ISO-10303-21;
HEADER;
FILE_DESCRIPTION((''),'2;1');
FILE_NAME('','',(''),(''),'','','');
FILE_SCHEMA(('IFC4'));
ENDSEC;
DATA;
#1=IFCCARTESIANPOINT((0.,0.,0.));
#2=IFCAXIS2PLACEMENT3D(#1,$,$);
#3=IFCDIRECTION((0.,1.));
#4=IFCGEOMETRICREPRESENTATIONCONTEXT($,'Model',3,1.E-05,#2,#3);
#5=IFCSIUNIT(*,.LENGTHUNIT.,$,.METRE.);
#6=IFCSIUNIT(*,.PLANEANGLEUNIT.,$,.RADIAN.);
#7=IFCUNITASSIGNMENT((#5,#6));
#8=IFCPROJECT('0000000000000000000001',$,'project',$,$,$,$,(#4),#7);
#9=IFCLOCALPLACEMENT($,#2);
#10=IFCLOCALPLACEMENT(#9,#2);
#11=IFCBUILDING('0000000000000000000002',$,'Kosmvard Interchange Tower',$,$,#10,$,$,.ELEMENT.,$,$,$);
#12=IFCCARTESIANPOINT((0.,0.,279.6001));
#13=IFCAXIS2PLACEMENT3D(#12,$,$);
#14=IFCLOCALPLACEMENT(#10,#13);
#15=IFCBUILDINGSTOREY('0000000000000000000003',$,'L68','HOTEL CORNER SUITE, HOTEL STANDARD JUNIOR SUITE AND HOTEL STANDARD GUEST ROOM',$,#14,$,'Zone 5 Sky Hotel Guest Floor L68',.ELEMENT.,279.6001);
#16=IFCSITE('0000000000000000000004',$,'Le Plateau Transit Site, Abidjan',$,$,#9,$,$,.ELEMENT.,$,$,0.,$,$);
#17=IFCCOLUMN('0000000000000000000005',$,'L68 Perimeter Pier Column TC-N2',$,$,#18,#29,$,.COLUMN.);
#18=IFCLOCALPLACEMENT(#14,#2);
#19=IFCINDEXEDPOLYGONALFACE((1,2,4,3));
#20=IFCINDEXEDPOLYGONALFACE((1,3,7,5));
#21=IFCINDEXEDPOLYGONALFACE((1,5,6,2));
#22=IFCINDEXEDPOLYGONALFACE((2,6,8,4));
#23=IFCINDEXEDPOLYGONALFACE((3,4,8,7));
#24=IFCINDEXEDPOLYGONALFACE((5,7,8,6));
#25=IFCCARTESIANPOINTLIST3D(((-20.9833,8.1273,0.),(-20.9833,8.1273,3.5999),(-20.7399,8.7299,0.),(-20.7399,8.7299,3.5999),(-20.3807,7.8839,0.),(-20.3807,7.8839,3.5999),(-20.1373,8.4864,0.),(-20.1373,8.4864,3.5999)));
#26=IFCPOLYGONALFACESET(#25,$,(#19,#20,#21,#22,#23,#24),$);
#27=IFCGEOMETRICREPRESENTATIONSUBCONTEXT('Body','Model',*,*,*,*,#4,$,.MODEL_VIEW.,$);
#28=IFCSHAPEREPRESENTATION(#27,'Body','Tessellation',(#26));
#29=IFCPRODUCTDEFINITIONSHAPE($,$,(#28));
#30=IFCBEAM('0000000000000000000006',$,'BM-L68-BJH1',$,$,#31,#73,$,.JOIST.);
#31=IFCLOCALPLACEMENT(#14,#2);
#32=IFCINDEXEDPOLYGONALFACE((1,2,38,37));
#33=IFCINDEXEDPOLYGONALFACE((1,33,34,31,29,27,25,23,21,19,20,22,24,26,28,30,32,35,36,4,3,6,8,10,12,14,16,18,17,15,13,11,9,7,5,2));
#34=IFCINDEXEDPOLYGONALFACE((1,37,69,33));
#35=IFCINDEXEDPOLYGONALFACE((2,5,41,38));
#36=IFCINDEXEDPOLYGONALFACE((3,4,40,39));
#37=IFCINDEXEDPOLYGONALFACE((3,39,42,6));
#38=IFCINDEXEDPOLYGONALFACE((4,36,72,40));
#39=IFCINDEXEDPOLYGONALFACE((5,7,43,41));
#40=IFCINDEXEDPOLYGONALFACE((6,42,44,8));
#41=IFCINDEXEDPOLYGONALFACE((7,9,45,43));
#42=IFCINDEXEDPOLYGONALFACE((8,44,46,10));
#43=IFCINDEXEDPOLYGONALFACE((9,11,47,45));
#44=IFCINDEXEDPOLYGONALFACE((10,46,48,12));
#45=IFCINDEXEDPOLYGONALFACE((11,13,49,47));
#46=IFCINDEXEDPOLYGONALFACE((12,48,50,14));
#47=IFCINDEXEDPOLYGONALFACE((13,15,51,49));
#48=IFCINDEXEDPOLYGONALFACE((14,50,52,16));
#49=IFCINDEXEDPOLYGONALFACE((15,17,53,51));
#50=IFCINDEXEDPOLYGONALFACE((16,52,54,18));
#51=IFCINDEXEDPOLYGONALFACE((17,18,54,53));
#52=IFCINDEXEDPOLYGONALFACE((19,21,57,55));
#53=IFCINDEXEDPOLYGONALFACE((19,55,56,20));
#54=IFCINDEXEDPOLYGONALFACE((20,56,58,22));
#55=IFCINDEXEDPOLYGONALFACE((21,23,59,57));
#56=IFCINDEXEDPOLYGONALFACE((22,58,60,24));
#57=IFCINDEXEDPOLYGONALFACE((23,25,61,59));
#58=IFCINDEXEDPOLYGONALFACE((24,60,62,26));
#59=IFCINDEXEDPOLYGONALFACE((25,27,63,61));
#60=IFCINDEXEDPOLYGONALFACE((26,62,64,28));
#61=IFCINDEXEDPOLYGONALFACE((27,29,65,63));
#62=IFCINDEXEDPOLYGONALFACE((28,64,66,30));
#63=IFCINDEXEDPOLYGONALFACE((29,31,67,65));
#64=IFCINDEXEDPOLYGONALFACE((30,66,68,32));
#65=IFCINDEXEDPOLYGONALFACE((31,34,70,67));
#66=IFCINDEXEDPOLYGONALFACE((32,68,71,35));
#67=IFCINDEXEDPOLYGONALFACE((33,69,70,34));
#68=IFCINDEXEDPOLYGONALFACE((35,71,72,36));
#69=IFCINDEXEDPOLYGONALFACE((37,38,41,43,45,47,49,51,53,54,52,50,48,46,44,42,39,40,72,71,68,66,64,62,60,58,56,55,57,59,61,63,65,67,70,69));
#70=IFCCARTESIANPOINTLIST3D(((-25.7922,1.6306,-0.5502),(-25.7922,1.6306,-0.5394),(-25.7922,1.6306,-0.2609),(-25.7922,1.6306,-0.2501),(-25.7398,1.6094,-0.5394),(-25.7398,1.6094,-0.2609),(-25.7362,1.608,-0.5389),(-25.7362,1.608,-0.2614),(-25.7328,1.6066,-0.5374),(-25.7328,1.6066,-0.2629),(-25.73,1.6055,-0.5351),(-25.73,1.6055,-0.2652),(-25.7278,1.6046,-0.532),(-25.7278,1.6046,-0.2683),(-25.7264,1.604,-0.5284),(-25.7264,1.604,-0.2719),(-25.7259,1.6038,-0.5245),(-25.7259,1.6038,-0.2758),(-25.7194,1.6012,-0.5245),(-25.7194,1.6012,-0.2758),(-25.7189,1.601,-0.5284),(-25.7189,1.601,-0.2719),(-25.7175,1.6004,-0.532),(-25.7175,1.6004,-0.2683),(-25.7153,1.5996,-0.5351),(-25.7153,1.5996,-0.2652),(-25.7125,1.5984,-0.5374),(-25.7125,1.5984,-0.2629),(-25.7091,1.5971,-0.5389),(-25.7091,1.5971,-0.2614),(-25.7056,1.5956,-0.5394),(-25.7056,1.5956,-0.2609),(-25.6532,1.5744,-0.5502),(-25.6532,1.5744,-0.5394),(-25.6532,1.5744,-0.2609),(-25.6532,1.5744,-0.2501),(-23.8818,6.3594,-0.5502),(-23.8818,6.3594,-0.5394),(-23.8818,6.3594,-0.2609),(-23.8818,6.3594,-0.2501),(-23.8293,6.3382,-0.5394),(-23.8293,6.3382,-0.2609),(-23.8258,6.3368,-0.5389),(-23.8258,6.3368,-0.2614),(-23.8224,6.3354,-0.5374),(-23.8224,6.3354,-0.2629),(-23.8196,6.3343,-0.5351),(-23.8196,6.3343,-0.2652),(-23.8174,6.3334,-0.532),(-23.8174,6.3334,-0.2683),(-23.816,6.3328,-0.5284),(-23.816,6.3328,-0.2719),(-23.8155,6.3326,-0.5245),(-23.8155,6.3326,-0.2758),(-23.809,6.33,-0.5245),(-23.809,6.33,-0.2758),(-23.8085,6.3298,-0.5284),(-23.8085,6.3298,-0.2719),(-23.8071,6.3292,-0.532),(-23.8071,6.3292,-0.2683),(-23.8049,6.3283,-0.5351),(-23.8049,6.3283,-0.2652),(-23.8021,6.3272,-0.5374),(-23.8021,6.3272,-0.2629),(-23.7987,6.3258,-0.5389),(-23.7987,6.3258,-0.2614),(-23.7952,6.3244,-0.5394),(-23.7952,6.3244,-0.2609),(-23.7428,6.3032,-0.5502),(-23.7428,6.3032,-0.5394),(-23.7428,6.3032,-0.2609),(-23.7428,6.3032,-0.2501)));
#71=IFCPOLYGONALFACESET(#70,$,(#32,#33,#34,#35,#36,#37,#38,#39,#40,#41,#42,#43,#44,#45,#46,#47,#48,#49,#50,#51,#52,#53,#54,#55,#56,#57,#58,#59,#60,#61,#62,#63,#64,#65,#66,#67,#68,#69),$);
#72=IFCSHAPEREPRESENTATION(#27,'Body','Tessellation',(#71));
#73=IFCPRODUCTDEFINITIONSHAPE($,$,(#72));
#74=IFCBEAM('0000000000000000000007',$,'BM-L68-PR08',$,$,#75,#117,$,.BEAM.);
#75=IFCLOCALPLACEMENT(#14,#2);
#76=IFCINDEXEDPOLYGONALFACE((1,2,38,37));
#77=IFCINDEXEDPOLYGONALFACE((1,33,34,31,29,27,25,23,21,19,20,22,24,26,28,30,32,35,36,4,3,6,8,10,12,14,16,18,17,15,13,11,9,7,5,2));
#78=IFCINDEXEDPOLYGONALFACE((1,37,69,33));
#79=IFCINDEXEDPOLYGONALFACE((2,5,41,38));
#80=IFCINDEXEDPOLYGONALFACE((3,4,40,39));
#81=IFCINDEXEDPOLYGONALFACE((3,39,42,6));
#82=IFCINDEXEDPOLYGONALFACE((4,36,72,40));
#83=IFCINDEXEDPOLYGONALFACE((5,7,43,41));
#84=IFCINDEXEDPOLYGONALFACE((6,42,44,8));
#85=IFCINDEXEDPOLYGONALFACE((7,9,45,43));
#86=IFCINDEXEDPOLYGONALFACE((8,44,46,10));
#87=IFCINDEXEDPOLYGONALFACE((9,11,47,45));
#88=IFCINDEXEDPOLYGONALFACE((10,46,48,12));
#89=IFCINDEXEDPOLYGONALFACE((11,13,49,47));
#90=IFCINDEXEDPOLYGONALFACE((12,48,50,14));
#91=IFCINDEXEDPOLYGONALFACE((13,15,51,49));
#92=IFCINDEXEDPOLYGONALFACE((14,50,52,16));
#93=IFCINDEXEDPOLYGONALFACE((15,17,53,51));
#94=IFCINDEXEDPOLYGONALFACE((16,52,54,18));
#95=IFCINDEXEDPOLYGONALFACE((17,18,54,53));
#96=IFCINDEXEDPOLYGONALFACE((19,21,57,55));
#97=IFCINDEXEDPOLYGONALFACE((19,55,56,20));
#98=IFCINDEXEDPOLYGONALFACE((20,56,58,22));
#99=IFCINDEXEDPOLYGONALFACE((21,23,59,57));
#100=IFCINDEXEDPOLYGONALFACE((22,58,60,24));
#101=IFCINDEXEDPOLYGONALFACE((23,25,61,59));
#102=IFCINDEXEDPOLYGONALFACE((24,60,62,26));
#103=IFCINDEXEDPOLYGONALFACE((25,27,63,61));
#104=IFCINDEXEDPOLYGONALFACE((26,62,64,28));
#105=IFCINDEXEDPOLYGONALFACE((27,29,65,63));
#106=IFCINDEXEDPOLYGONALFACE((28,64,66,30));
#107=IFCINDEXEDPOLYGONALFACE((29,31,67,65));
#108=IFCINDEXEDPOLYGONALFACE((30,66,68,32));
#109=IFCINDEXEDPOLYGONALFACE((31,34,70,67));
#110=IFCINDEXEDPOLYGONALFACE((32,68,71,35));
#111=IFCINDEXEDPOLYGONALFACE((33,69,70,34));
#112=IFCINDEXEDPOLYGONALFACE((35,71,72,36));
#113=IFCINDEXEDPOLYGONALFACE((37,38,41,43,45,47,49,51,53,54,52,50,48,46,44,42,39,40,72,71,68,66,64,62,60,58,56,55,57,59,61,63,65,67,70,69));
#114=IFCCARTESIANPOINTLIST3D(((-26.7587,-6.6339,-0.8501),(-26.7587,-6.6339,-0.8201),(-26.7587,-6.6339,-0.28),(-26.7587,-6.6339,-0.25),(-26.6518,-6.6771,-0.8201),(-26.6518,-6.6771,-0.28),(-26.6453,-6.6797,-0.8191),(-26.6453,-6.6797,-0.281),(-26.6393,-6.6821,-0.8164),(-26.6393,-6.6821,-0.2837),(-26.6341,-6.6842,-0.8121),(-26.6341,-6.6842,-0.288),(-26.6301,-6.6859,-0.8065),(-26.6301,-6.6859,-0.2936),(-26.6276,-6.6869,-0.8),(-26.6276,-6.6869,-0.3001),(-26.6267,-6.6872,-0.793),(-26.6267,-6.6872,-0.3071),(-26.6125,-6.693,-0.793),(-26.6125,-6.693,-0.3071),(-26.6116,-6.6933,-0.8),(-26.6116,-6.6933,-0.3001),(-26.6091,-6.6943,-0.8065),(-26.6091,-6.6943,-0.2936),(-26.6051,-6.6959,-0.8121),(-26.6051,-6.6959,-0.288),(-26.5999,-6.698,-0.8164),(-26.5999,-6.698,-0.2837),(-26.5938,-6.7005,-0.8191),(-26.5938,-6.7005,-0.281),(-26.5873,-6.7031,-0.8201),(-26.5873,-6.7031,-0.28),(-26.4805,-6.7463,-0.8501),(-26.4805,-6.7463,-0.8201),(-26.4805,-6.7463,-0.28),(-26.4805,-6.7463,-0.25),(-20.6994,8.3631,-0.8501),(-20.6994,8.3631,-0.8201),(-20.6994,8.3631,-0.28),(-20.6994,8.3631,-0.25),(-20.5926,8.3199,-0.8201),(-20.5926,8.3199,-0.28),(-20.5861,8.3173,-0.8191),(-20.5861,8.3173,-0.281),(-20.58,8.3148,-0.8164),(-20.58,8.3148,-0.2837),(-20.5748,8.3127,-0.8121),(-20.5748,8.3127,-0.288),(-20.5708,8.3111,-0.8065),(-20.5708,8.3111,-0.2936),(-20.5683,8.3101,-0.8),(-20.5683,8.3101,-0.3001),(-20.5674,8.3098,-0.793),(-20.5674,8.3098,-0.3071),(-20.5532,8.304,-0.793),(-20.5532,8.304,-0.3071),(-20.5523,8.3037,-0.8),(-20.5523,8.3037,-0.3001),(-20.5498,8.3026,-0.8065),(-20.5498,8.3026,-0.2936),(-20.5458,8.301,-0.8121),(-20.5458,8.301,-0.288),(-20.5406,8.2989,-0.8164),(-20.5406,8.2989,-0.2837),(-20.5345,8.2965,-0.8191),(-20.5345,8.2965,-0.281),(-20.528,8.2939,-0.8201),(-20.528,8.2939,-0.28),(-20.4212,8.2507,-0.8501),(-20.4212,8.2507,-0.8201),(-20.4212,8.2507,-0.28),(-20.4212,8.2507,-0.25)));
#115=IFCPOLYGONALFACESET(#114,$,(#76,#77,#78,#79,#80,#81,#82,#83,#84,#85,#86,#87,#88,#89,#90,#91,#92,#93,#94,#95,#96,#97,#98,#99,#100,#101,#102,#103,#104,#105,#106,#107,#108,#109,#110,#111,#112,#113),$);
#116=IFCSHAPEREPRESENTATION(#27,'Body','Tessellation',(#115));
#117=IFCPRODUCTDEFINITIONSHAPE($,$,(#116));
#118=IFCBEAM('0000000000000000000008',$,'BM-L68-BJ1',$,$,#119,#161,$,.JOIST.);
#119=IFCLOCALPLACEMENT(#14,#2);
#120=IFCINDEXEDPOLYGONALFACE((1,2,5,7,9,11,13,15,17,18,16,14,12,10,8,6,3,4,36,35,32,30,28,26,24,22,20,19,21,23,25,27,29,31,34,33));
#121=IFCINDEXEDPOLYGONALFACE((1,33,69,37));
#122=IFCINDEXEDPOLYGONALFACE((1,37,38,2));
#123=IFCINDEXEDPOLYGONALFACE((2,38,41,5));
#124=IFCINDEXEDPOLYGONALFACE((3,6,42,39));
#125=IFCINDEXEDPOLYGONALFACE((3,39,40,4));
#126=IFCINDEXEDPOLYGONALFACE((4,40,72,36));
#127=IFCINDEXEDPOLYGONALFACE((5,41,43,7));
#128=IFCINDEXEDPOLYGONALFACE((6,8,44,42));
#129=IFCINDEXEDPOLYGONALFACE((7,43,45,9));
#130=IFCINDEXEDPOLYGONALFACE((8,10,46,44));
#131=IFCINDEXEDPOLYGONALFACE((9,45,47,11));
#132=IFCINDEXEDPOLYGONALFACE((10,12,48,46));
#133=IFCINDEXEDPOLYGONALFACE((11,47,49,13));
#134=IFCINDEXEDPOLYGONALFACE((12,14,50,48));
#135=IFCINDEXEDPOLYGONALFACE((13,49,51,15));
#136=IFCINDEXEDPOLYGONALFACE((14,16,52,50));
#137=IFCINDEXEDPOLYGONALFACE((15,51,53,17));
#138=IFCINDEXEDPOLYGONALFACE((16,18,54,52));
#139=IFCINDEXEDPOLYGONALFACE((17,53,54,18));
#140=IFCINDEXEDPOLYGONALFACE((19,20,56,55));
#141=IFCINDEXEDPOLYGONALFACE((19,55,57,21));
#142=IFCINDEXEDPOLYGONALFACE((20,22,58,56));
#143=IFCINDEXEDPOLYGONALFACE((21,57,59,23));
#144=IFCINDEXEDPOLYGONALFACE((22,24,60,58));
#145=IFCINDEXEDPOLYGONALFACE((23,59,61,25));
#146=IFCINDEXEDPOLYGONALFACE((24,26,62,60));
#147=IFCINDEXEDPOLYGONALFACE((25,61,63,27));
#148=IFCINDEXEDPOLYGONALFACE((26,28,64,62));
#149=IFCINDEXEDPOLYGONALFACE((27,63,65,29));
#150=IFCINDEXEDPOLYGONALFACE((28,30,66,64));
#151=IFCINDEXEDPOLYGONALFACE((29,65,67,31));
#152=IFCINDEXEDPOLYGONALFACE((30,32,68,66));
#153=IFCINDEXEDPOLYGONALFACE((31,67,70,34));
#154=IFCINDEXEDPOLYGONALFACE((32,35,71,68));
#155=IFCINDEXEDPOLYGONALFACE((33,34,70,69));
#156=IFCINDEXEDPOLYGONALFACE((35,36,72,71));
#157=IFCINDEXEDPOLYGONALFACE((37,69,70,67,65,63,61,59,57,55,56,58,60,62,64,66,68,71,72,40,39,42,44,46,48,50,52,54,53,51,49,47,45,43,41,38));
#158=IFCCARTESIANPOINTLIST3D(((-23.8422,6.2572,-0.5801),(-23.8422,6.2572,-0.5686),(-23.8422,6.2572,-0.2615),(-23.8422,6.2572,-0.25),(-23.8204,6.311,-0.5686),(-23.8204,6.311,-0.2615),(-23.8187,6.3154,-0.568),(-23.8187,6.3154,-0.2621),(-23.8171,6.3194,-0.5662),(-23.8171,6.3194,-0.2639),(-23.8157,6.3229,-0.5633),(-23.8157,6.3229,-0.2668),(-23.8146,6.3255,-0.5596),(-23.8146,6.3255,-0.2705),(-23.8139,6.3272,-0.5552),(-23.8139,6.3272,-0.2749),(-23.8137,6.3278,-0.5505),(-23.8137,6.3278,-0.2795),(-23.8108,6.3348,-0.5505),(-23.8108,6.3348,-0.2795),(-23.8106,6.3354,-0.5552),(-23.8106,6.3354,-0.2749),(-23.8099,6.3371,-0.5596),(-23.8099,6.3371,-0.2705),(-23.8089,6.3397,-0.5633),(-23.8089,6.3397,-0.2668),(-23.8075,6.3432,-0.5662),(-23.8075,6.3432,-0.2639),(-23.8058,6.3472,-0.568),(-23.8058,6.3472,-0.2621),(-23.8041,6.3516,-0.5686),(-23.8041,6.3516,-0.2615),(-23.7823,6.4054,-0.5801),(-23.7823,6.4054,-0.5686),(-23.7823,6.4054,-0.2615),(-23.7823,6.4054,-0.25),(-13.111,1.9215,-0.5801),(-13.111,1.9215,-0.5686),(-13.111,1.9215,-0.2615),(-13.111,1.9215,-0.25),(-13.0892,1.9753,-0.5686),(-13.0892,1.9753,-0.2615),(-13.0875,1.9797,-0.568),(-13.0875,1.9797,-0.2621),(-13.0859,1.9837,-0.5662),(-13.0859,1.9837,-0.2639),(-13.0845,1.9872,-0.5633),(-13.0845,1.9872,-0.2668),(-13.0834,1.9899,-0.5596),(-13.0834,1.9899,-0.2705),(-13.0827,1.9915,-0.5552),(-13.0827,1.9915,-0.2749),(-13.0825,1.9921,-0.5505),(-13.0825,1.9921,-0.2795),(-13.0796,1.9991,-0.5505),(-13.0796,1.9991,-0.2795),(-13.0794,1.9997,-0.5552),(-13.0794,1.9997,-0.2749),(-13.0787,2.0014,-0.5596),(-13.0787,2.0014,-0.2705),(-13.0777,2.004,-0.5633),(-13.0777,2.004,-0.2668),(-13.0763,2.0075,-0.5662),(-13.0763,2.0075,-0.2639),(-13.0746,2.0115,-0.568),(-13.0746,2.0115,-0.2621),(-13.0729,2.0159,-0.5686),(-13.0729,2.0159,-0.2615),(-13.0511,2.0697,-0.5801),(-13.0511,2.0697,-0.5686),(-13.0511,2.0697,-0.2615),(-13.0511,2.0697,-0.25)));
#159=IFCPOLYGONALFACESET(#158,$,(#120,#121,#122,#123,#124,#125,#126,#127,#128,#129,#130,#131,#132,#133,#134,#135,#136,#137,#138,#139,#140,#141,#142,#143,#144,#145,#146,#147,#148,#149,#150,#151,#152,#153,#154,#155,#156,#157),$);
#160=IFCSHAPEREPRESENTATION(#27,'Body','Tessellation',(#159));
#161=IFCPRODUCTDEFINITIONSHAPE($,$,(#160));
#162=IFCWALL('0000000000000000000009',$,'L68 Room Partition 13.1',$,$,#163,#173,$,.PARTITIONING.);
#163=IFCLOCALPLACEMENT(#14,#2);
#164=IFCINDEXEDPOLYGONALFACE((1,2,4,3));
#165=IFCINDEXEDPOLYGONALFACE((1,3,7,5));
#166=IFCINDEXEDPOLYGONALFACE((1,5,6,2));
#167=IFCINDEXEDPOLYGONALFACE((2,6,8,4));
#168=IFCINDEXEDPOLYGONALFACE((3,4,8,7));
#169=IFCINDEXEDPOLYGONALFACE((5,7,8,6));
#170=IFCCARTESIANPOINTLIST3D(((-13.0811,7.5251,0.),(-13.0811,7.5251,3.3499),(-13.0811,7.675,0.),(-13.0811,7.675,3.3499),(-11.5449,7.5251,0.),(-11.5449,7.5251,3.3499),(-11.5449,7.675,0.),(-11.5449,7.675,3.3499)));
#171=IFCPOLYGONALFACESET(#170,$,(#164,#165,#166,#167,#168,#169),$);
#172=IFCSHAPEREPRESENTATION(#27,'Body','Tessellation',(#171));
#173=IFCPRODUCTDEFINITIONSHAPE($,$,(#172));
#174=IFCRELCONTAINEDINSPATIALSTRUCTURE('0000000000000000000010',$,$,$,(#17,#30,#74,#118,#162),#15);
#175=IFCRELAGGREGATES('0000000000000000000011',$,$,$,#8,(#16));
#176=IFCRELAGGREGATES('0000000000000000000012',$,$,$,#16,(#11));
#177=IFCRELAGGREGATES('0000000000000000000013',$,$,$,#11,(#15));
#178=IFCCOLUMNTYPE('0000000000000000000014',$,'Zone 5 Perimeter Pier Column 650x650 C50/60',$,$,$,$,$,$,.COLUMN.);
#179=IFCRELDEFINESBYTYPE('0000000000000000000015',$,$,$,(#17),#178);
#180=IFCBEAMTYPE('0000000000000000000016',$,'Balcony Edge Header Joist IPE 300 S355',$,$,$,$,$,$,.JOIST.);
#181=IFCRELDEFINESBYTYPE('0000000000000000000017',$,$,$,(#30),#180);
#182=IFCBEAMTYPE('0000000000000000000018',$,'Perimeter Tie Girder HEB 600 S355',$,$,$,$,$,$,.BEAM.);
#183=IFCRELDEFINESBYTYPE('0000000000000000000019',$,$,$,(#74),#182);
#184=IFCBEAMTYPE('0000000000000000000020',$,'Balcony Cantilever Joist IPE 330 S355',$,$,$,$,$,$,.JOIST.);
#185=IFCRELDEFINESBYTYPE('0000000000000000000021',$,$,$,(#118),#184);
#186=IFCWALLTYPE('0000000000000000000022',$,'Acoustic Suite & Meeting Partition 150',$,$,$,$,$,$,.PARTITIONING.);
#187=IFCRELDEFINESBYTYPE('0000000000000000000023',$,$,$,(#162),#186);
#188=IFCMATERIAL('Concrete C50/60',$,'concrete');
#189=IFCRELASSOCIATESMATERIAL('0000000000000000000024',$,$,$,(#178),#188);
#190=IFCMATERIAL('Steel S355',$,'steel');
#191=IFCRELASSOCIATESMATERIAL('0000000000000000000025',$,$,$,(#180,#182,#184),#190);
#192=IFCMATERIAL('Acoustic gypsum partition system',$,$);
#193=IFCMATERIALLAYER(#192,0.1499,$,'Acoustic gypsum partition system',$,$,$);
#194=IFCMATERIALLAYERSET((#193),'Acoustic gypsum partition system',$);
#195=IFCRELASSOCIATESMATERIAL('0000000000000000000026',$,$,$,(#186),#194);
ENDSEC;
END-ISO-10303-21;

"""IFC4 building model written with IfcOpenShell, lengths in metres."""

from ifc_helpers import new_model, si_unit, direction, frame, frame_2d, origin, origin_2d, place, context, subcontext, project, spatial, rectangle, i_section, extrude, source, transform, mapped, material, layer, layer_set, material_profile, profile_set, type_object, element, save


model = new_model("IFC4")

# Units and contexts
model_context = context("Model", 3, precision=1e-05, world=origin(), true_north=direction((0.0, 1.0)))
body_context = subcontext(model_context, "Body", "Model", "MODEL_VIEW")
ifc_project = project(units=[si_unit("LENGTHUNIT", "METRE"), si_unit("PLANEANGLEUNIT", "RADIAN")], contexts=[model_context])

# Site, building, storey
site_placement = place(None, origin())
site = spatial("IfcSite", under=ifc_project, at=site_placement, Name="Le Plateau Transit Site, Abidjan", CompositionType="ELEMENT", RefElevation=0.0)
building_placement = place(site_placement, origin())
building = spatial("IfcBuilding", under=site, at=building_placement, Name="Kosmvard Interchange Tower", CompositionType="ELEMENT")
storey_placement = place(building_placement, frame((0.0, 0.0, 279.6001)))
storey = spatial("IfcBuildingStorey", under=building, at=storey_placement, Name="L68", Description="HOTEL CORNER SUITE, HOTEL STANDARD JUNIOR SUITE AND HOTEL STANDARD GUEST ROOM", LongName="Zone 5 Sky Hotel Guest Floor L68", CompositionType="ELEMENT", Elevation=279.6001)

# Column
ifc_material_1 = material(Name="Concrete C50/60", Category="concrete")
ifc_material_profile_1 = material_profile(ifc_material_1, rectangle(XDim=0.6499, YDim=0.6499, at=origin_2d()), Name="TC 650x650")
ifc_profile_set_1 = profile_set([ifc_material_profile_1], Name="Concrete C50/60")
column_type = type_object("IfcColumnType", Name="Zone 5 Perimeter Pier Column 650x650 C50/60", PredefinedType="COLUMN", material=ifc_profile_set_1)
shared_shape_1 = source(origin(), body_context, "Body", "SweptSolid", [
    extrude(rectangle(XDim=0.6499, YDim=0.6499, at=origin_2d()), origin(), (0.0, 0.0, 1.0), 3.5999),
])
column_placement = place(storey_placement, frame((-20.5603, 8.3069, 0.0), z_axis=(0.0, 0.0, 1.0), x_axis=(0.374607, 0.927184, 0.0)))
element("IfcColumn", 1, at=column_placement, inside=storey, type_object=column_type, Name="L68 Perimeter Pier Column TC-N2", PredefinedType="COLUMN", context=body_context, shape_type="MappedRepresentation", body=[
    mapped(shared_shape_1, transform((0.0, 0.0, 0.0), scale=1.0)),
])

# Beams
ifc_material_2 = material(Name="Steel S355", Category="steel")
ifc_material_profile_2 = material_profile(ifc_material_2, i_section(OverallWidth=0.1499, OverallDepth=0.3, WebThickness=0.0071, FlangeThickness=0.0107, FilletRadius=0.0149, at=origin_2d()), Name="IPE 300")
ifc_profile_set_2 = profile_set([ifc_material_profile_2], Name="Steel S355")
beam_type_1 = type_object("IfcBeamType", Name="Balcony Edge Header Joist IPE 300 S355", PredefinedType="JOIST", material=ifc_profile_set_2)
shared_shape_2 = source(origin(), body_context, "Body", "SweptSolid", [
    extrude(i_section(OverallWidth=0.1499, OverallDepth=0.3, WebThickness=0.0071, FlangeThickness=0.0107, FilletRadius=0.0149, at=origin_2d()), origin(), (0.0, 0.0, 1.0), 5.1001),
])
beam_1_placement = place(storey_placement, frame((-23.8123, 6.3313, -0.4001), z_axis=(-0.374583, -0.927194, 0.0), x_axis=(0.927194, -0.374583, 0.0)))
element("IfcBeam", 2, at=beam_1_placement, inside=storey, type_object=beam_type_1, Name="BM-L68-BJH1", PredefinedType="JOIST", context=body_context, shape_type="MappedRepresentation", body=[
    mapped(shared_shape_2, transform((0.0, 0.0, 0.0), scale=1.0)),
])
ifc_material_profile_3 = material_profile(ifc_material_2, i_section(OverallWidth=0.3, OverallDepth=0.6001, WebThickness=0.0154, FlangeThickness=0.03, FilletRadius=0.0271, at=origin_2d()), Name="HEB 600")
ifc_profile_set_3 = profile_set([ifc_material_profile_3], Name="Steel S355")
beam_type_2 = type_object("IfcBeamType", Name="Perimeter Tie Girder HEB 600 S355", PredefinedType="BEAM", material=ifc_profile_set_3)
shared_shape_3 = source(origin(), body_context, "Body", "SweptSolid", [
    extrude(i_section(OverallWidth=0.3, OverallDepth=0.6001, WebThickness=0.0154, FlangeThickness=0.03, FilletRadius=0.0271, at=origin_2d()), origin(), (0.0, 0.0, 1.0), 16.1748),
])
beam_2_placement = place(storey_placement, frame((-20.5603, 8.3069, -0.55), z_axis=(-0.374613, -0.927181, 0.0), x_axis=(0.927181, -0.374613, 0.0)))
element("IfcBeam", 3, at=beam_2_placement, inside=storey, type_object=beam_type_2, Name="BM-L68-PR08", PredefinedType="BEAM", context=body_context, shape_type="MappedRepresentation", body=[
    mapped(shared_shape_3, transform((0.0, 0.0, 0.0), scale=1.0)),
])
ifc_material_profile_4 = material_profile(ifc_material_2, i_section(OverallWidth=0.1599, OverallDepth=0.3301, WebThickness=0.0076, FlangeThickness=0.0115, FilletRadius=0.0181, at=origin_2d()), Name="IPE 330")
ifc_profile_set_4 = profile_set([ifc_material_profile_4], Name="Steel S355")
beam_type_3 = type_object("IfcBeamType", Name="Balcony Cantilever Joist IPE 330 S355", PredefinedType="JOIST", material=ifc_profile_set_4)
shared_shape_4 = source(origin(), body_context, "Body", "SweptSolid", [
    extrude(i_section(OverallWidth=0.1599, OverallDepth=0.3301, WebThickness=0.0076, FlangeThickness=0.0115, FilletRadius=0.0181, at=origin_2d()), origin(), (0.0, 0.0, 1.0), 11.574),
])
beam_3_placement = place(storey_placement, frame((-13.0811, 1.9956, -0.415), z_axis=(-0.927184, 0.374607, 0.0), x_axis=(-0.374607, -0.927184, 0.0)))
element("IfcBeam", 4, at=beam_3_placement, inside=storey, type_object=beam_type_3, Name="BM-L68-BJ1", PredefinedType="JOIST", context=body_context, shape_type="MappedRepresentation", body=[
    mapped(shared_shape_4, transform((0.0, 0.0, 0.0), scale=1.0)),
])

# Wall
ifc_material_3 = material(Name="Acoustic gypsum partition system")
ifc_layer_1 = layer(ifc_material_3, 0.1499, Name="Acoustic gypsum partition system")
ifc_layer_set_1 = layer_set([ifc_layer_1], Name="Acoustic gypsum partition system")
wall_type_1 = type_object("IfcWallType", Name="Acoustic Suite & Meeting Partition 150", PredefinedType="PARTITIONING", material=ifc_layer_set_1)
wall_1_placement = place(storey_placement, frame((-11.5449, 7.6001, 0.0), z_axis=(0.0, 0.0, 1.0), x_axis=(-1.0, 0.0, 0.0)))
element("IfcWall", 5, at=wall_1_placement, inside=storey, type_object=wall_type_1, Name="L68 Room Partition 13.1", PredefinedType="PARTITIONING", context=body_context, shape_type="SweptSolid", body=[
    extrude(rectangle(XDim=1.5361, YDim=0.1499, at=frame_2d((0.7681, 0.0))), origin(), (0.0, 0.0, 1.0), 3.3499),
])

save(model, "model.ifc")
